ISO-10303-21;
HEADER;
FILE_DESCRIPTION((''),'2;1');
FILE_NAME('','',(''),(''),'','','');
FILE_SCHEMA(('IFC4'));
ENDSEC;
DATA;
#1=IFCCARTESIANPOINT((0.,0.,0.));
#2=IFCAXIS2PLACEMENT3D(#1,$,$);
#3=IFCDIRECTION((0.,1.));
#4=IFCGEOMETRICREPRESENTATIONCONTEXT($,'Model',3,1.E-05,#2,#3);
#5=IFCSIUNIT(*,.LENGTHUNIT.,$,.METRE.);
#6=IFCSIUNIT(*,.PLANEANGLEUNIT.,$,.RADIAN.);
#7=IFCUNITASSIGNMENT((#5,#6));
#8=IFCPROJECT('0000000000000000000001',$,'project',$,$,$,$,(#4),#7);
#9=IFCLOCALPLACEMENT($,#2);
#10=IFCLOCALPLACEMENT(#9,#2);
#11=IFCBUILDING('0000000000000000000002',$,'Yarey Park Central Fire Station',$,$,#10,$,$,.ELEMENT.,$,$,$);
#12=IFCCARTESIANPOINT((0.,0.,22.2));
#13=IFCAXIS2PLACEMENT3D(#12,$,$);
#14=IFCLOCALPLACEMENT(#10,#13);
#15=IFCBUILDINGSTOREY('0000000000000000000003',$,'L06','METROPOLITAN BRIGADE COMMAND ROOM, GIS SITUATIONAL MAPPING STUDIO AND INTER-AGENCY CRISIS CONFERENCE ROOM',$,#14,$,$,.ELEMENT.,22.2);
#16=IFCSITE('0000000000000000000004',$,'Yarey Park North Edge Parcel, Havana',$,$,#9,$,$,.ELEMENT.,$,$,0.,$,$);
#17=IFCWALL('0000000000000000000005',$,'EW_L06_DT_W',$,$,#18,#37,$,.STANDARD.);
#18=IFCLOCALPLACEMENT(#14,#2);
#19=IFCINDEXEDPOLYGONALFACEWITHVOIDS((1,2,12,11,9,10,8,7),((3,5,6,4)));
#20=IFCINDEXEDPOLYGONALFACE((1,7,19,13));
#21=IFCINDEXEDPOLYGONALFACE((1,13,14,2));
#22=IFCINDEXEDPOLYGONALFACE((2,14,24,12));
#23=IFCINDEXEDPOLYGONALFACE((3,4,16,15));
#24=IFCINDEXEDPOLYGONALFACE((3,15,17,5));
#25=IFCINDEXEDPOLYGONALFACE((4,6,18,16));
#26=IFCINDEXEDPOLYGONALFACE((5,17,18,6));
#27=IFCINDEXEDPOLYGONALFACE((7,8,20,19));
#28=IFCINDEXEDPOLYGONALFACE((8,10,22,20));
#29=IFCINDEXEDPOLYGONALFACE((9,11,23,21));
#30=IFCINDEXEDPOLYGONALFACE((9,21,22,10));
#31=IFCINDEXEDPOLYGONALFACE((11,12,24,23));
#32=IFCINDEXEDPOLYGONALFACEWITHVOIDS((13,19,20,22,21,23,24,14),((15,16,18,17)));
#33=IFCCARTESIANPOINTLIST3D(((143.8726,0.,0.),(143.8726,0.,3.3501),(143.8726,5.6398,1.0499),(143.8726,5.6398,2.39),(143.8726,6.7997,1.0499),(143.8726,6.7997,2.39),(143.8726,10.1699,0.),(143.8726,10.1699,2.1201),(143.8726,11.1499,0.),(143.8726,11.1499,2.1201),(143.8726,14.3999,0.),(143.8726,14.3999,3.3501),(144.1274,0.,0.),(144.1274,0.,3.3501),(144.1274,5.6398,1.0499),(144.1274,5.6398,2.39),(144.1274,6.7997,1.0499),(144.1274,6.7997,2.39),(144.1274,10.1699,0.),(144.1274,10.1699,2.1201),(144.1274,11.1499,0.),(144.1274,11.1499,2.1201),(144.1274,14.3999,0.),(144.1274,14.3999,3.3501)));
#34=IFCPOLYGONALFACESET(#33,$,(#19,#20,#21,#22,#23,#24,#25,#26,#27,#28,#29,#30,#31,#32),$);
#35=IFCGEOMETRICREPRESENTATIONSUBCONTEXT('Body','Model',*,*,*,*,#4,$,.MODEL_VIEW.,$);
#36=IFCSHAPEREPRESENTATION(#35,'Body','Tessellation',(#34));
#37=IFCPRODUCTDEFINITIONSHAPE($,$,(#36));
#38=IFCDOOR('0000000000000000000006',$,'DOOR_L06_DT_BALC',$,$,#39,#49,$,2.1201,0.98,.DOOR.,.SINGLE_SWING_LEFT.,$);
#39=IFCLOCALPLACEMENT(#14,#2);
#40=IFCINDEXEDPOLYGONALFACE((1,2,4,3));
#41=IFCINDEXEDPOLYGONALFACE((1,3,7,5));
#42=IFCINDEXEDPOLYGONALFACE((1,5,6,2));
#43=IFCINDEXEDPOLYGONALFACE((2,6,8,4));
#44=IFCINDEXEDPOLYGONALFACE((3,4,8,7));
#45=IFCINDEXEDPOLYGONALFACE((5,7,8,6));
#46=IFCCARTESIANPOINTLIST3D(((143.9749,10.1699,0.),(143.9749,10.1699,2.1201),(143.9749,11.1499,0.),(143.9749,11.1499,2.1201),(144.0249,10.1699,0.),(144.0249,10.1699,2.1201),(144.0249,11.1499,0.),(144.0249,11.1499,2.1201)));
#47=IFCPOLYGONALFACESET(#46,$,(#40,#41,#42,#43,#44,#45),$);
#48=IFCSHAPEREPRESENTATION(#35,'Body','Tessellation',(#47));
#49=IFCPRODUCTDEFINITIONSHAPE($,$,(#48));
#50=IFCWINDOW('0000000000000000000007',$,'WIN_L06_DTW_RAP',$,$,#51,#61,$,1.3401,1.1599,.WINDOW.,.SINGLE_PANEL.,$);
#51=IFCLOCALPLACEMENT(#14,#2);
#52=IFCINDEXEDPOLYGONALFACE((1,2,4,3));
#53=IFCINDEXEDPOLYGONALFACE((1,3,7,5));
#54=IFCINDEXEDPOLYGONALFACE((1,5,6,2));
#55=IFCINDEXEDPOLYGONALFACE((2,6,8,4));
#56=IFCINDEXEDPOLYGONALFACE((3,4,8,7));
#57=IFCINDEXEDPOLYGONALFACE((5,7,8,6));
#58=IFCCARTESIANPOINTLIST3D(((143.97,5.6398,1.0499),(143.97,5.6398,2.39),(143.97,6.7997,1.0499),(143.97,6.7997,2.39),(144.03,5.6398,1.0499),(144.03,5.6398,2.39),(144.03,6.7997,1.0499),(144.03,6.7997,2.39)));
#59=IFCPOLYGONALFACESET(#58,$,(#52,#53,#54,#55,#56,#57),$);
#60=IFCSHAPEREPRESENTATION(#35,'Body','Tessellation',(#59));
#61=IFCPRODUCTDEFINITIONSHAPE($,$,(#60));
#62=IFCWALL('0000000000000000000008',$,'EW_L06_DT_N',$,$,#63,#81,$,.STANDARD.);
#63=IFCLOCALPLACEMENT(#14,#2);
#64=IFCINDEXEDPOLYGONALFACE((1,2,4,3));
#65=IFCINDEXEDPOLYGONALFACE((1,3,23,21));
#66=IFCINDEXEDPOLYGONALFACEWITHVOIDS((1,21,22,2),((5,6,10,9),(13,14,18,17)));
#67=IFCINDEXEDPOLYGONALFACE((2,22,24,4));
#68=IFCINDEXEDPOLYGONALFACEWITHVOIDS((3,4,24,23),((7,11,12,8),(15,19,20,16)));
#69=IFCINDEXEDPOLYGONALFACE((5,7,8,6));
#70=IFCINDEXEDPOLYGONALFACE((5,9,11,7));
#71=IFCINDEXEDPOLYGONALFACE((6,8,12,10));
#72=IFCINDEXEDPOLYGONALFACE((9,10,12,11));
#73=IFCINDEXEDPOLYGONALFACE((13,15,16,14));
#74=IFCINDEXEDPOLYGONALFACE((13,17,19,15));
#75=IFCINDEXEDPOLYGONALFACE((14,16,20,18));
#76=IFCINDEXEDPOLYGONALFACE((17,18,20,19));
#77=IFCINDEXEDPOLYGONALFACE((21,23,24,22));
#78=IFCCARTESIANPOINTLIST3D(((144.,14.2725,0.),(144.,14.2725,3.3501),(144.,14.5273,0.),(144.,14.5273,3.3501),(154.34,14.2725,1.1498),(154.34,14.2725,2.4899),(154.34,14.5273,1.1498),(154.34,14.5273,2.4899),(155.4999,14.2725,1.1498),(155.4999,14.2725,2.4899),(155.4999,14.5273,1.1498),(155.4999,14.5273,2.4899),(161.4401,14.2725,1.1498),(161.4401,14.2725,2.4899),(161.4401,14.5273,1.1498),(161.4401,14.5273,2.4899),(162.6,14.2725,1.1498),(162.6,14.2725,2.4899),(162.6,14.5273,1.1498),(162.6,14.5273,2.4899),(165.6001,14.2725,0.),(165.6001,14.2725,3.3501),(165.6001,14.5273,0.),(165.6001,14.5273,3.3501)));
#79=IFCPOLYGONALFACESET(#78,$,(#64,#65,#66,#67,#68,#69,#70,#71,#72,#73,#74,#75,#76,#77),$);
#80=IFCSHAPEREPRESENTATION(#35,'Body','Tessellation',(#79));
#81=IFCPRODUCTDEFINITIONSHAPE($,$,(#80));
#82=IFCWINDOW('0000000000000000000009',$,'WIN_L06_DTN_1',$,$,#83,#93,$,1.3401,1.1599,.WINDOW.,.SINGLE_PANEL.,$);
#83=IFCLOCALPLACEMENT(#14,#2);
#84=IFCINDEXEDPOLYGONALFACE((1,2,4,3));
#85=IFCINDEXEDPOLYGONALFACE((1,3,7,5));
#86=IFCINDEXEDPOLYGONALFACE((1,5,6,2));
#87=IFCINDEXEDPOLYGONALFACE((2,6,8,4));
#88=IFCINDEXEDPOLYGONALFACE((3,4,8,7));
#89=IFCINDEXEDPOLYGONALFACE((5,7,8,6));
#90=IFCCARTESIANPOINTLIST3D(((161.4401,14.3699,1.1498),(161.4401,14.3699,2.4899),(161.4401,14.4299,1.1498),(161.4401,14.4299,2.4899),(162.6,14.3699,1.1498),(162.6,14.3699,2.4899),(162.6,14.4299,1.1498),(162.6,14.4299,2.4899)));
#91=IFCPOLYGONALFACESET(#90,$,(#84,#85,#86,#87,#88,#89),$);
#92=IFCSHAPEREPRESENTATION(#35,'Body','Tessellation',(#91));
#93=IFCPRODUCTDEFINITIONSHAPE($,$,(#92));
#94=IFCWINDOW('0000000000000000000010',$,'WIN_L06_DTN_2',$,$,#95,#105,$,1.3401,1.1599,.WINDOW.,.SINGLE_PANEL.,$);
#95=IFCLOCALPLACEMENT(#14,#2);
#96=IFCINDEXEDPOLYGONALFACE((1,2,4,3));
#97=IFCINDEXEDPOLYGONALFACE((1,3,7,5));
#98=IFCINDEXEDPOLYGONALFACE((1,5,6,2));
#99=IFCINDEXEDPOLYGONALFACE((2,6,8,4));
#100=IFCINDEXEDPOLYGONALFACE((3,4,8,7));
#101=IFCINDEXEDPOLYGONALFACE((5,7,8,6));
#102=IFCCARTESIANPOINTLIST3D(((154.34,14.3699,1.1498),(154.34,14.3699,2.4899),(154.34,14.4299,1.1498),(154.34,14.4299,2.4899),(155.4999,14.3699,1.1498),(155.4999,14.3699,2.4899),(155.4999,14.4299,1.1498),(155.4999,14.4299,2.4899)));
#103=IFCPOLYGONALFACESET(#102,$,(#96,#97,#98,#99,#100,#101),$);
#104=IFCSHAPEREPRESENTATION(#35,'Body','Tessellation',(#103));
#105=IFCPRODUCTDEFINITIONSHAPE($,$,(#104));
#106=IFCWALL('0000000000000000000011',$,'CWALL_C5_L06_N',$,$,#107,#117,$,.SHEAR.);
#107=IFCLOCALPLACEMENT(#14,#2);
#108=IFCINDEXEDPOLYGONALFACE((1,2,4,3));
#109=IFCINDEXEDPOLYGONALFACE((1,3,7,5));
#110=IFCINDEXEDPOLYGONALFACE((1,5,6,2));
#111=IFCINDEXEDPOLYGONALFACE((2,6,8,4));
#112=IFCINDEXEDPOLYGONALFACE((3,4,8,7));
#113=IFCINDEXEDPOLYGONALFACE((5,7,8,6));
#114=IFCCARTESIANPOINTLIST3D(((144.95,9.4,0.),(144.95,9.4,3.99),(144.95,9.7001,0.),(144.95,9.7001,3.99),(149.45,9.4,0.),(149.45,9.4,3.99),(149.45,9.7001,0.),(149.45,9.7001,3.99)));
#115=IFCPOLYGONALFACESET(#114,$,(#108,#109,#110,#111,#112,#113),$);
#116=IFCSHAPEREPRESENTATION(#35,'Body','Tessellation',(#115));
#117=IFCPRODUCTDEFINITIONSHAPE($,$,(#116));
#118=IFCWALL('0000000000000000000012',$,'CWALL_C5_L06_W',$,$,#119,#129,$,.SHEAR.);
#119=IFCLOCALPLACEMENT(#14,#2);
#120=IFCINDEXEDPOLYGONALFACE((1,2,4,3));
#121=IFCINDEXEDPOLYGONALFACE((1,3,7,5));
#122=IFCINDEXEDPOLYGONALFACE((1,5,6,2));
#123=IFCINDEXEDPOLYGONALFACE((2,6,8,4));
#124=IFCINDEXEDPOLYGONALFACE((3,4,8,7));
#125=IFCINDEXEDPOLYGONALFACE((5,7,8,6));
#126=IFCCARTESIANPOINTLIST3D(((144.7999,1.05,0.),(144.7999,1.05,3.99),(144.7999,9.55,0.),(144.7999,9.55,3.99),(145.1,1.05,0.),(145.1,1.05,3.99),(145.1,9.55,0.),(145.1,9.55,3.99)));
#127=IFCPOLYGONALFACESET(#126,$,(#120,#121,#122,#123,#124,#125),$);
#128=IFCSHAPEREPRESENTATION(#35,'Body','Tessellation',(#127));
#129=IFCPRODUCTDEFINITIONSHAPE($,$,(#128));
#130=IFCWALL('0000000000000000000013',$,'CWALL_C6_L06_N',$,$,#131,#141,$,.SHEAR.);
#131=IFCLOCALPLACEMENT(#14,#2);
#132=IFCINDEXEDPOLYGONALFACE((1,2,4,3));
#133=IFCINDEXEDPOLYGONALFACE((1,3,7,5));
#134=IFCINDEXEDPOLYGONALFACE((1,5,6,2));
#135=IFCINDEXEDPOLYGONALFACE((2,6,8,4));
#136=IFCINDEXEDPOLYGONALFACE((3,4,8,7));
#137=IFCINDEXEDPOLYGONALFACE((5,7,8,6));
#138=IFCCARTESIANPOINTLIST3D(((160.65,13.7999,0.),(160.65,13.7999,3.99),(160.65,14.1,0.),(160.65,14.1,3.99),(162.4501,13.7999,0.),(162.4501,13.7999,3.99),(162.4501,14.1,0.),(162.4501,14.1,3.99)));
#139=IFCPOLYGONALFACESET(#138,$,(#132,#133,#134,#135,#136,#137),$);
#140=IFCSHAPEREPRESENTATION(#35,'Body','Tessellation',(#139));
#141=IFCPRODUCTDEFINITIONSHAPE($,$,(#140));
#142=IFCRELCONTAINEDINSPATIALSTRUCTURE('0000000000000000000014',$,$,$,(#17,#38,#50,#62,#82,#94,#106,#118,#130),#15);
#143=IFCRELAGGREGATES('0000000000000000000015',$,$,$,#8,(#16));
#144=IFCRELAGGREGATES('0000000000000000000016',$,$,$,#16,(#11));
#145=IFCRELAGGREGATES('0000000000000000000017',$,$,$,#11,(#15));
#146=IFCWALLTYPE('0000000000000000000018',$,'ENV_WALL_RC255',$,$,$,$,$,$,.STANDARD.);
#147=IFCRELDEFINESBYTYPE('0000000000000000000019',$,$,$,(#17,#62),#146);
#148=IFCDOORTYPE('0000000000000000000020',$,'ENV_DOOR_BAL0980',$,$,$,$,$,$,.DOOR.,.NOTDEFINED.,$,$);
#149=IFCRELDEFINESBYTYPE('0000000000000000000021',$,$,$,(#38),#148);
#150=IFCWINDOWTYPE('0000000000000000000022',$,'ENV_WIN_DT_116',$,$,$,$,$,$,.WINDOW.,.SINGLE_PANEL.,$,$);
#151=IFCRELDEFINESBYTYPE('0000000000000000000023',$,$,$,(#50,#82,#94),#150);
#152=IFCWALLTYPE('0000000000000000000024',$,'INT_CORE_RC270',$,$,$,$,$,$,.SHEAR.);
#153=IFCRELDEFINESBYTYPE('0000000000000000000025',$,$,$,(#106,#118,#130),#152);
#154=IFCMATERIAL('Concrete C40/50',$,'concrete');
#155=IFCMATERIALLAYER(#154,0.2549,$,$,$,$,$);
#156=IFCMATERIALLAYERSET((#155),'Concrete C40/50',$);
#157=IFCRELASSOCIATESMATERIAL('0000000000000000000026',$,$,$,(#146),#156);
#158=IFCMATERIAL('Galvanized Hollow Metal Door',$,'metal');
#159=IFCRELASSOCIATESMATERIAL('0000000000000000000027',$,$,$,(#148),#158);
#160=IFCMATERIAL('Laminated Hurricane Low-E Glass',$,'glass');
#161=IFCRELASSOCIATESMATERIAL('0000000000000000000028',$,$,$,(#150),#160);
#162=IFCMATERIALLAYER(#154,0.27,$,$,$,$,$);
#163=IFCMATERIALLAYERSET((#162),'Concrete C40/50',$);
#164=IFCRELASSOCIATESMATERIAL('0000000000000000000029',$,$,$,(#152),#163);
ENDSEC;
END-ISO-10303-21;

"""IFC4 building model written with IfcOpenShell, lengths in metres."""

from ifc_helpers import new_model, si_unit, direction, frame, frame_2d, origin, place, context, subcontext, project, spatial, rectangle, extrude, material, layer, layer_set, type_object, element, fill, save


model = new_model("IFC4")

# Units and contexts
model_context = context("Model", 3, precision=1e-05, world=origin(), true_north=direction((0.0, 1.0)))
body_context = subcontext(model_context, "Body", "Model", "MODEL_VIEW")
ifc_project = project(units=[si_unit("LENGTHUNIT", "METRE"), si_unit("PLANEANGLEUNIT", "RADIAN")], contexts=[model_context])

# Site, building, storey
site_placement = place(None, origin())
site = spatial("IfcSite", under=ifc_project, at=site_placement, Name="Yarey Park North Edge Parcel, Havana", CompositionType="ELEMENT", RefElevation=0.0)
building_placement = place(site_placement, origin())
building = spatial("IfcBuilding", under=site, at=building_placement, Name="Yarey Park Central Fire Station", CompositionType="ELEMENT")
storey_placement = place(building_placement, frame((0.0, 0.0, 22.2)))
storey = spatial("IfcBuildingStorey", under=building, at=storey_placement, Name="L06", Description="METROPOLITAN BRIGADE COMMAND ROOM, GIS SITUATIONAL MAPPING STUDIO AND INTER-AGENCY CRISIS CONFERENCE ROOM", CompositionType="ELEMENT", Elevation=22.2)

# Shared definitions
ifc_material_1 = material(Name="Concrete C40/50", Category="concrete")

# Shared definitions
ifc_material_2 = material(Name="Laminated Hurricane Low-E Glass", Category="glass")

# Wall, openings, door, window
ifc_layer_1 = layer(ifc_material_1, 0.2549)
ifc_layer_set_1 = layer_set([ifc_layer_1], Name="Concrete C40/50")
wall_type_1 = type_object("IfcWallType", Name="ENV_WALL_RC255", PredefinedType="STANDARD", material=ifc_layer_set_1)
wall_1_placement = place(storey_placement, frame((144.0, 14.3999, 0.0), z_axis=(0.0, 0.0, 1.0), x_axis=(0.0, -1.0, 0.0)))
wall_1 = element("IfcWall", 1, at=wall_1_placement, inside=storey, type_object=wall_type_1, Name="EW_L06_DT_W", PredefinedType="STANDARD", context=body_context, shape_type="SweptSolid", body=[
    extrude(rectangle(XDim=14.3999, YDim=0.2549, at=frame_2d((7.2, 0.0))), origin(), (0.0, 0.0, 1.0), 3.3501),
])
opening_1_placement = place(wall_1_placement, frame((3.25, 0.0, 0.0)))
opening_1 = element("IfcOpeningElement", 2, at=opening_1_placement, cuts=wall_1, PredefinedType="OPENING", context=body_context, shape_type="SweptSolid", body=[
    extrude(rectangle(XDim=0.98, YDim=2.1201, at=frame_2d((0.49, 1.0601))), frame((0.0, 0.1375, 0.0), z_axis=(0.0, -1.0, 0.0), x_axis=(1.0, 0.0, 0.0)), (0.0, 0.0, 1.0), 0.2749),
])
opening_2_placement = place(wall_1_placement, frame((7.6001, 0.0, 1.05)))
opening_2 = element("IfcOpeningElement", 3, at=opening_2_placement, cuts=wall_1, PredefinedType="OPENING", context=body_context, shape_type="SweptSolid", body=[
    extrude(rectangle(XDim=1.1599, YDim=1.3401, at=frame_2d((0.5801, 0.6699))), frame((0.0, 0.1375, 0.0), z_axis=(0.0, -1.0, 0.0), x_axis=(1.0, 0.0, 0.0)), (0.0, 0.0, 1.0), 0.2749),
])
ifc_material_3 = material(Name="Galvanized Hollow Metal Door", Category="metal")
door_type_1 = type_object("IfcDoorType", Name="ENV_DOOR_BAL0980", OperationType="NOTDEFINED", PredefinedType="DOOR", material=ifc_material_3)
door_1_placement = place(opening_1_placement, origin())
door_1 = element("IfcDoor", 4, at=door_1_placement, inside=storey, type_object=door_type_1, Name="DOOR_L06_DT_BALC", OperationType="SINGLE_SWING_LEFT", OverallHeight=2.1201, OverallWidth=0.98, PredefinedType="DOOR", context=body_context, shape_type="SweptSolid", body=[
    extrude(rectangle(XDim=0.98, YDim=2.1201, at=frame_2d((0.49, 1.0601))), frame((0.0, 0.0249, 0.0), z_axis=(0.0, -1.0, 0.0), x_axis=(1.0, 0.0, 0.0)), (0.0, 0.0, 1.0), 0.05),
])
fill(opening_1, door_1)
window_type = type_object("IfcWindowType", Name="ENV_WIN_DT_116", PartitioningType="SINGLE_PANEL", PredefinedType="WINDOW", material=ifc_material_2)
window_1_placement = place(opening_2_placement, origin())
window_1 = element("IfcWindow", 5, at=window_1_placement, inside=storey, type_object=window_type, Name="WIN_L06_DTW_RAP", OverallHeight=1.3401, OverallWidth=1.1599, PartitioningType="SINGLE_PANEL", PredefinedType="WINDOW", context=body_context, shape_type="SweptSolid", body=[
    extrude(rectangle(XDim=1.1599, YDim=1.3401, at=frame_2d((0.5801, 0.6699))), frame((0.0, 0.03, 0.0), z_axis=(0.0, -1.0, 0.0), x_axis=(1.0, 0.0, 0.0)), (0.0, 0.0, 1.0), 0.0601),
])
fill(opening_2, window_1)

# Wall, openings, windows
wall_2_placement = place(storey_placement, frame((165.6001, 14.3999, 0.0), z_axis=(0.0, 0.0, 1.0), x_axis=(-1.0, 0.0, 0.0)))
wall_2 = element("IfcWall", 6, at=wall_2_placement, inside=storey, type_object=wall_type_1, Name="EW_L06_DT_N", PredefinedType="STANDARD", context=body_context, shape_type="SweptSolid", body=[
    extrude(rectangle(XDim=21.6001, YDim=0.2549, at=frame_2d((10.8, 0.0))), origin(), (0.0, 0.0, 1.0), 3.3501),
])
opening_3_placement = place(wall_2_placement, frame((3.0, 0.0, 1.1499)))
opening_3 = element("IfcOpeningElement", 7, at=opening_3_placement, cuts=wall_2, PredefinedType="OPENING", context=body_context, shape_type="SweptSolid", body=[
    extrude(rectangle(XDim=1.1599, YDim=1.3401, at=frame_2d((0.5801, 0.6699))), frame((0.0, 0.1375, 0.0), z_axis=(0.0, -1.0, 0.0), x_axis=(1.0, 0.0, 0.0)), (0.0, 0.0, 1.0), 0.2749),
])
opening_4_placement = place(wall_2_placement, frame((10.1001, 0.0, 1.1499)))
opening_4 = element("IfcOpeningElement", 8, at=opening_4_placement, cuts=wall_2, PredefinedType="OPENING", context=body_context, shape_type="SweptSolid", body=[
    extrude(rectangle(XDim=1.1599, YDim=1.3401, at=frame_2d((0.5801, 0.6699))), frame((0.0, 0.1375, 0.0), z_axis=(0.0, -1.0, 0.0), x_axis=(1.0, 0.0, 0.0)), (0.0, 0.0, 1.0), 0.2749),
])
window_2_placement = place(opening_3_placement, origin())
window_2 = element("IfcWindow", 9, at=window_2_placement, inside=storey, type_object=window_type, Name="WIN_L06_DTN_1", OverallHeight=1.3401, OverallWidth=1.1599, PartitioningType="SINGLE_PANEL", PredefinedType="WINDOW", context=body_context, shape_type="SweptSolid", body=[
    extrude(rectangle(XDim=1.1599, YDim=1.3401, at=frame_2d((0.5801, 0.6699))), frame((0.0, 0.03, 0.0), z_axis=(0.0, -1.0, 0.0), x_axis=(1.0, 0.0, 0.0)), (0.0, 0.0, 1.0), 0.0601),
])
fill(opening_3, window_2)
window_3_placement = place(opening_4_placement, origin())
window_3 = element("IfcWindow", 10, at=window_3_placement, inside=storey, type_object=window_type, Name="WIN_L06_DTN_2", OverallHeight=1.3401, OverallWidth=1.1599, PartitioningType="SINGLE_PANEL", PredefinedType="WINDOW", context=body_context, shape_type="SweptSolid", body=[
    extrude(rectangle(XDim=1.1599, YDim=1.3401, at=frame_2d((0.5801, 0.6699))), frame((0.0, 0.03, 0.0), z_axis=(0.0, -1.0, 0.0), x_axis=(1.0, 0.0, 0.0)), (0.0, 0.0, 1.0), 0.0601),
])
fill(opening_4, window_3)

# Walls
ifc_layer_2 = layer(ifc_material_1, 0.27)
ifc_layer_set_2 = layer_set([ifc_layer_2], Name="Concrete C40/50")
wall_type_2 = type_object("IfcWallType", Name="INT_CORE_RC270", PredefinedType="SHEAR", material=ifc_layer_set_2)
wall_3_placement = place(storey_placement, frame((149.45, 9.55, 0.0), z_axis=(0.0, 0.0, 1.0), x_axis=(-1.0, 0.0, 0.0)))
element("IfcWall", 11, at=wall_3_placement, inside=storey, type_object=wall_type_2, Name="CWALL_C5_L06_N", PredefinedType="SHEAR", context=body_context, shape_type="SweptSolid", body=[
    extrude(rectangle(XDim=4.5, YDim=0.3, at=frame_2d((2.25, 0.0))), origin(), (0.0, 0.0, 1.0), 3.99),
])
wall_4_placement = place(storey_placement, frame((144.95, 9.55, 0.0), z_axis=(0.0, 0.0, 1.0), x_axis=(0.0, -1.0, 0.0)))
element("IfcWall", 12, at=wall_4_placement, inside=storey, type_object=wall_type_2, Name="CWALL_C5_L06_W", PredefinedType="SHEAR", context=body_context, shape_type="SweptSolid", body=[
    extrude(rectangle(XDim=8.5, YDim=0.3, at=frame_2d((4.25, 0.0))), origin(), (0.0, 0.0, 1.0), 3.99),
])
wall_5_placement = place(storey_placement, frame((162.45, 13.95, 0.0), z_axis=(0.0, 0.0, 1.0), x_axis=(-1.0, 0.0, 0.0)))
element("IfcWall", 13, at=wall_5_placement, inside=storey, type_object=wall_type_2, Name="CWALL_C6_L06_N", PredefinedType="SHEAR", context=body_context, shape_type="SweptSolid", body=[
    extrude(rectangle(XDim=1.8, YDim=0.3, at=frame_2d((0.8999, 0.0))), origin(), (0.0, 0.0, 1.0), 3.99),
])

save(model, "model.ifc")
